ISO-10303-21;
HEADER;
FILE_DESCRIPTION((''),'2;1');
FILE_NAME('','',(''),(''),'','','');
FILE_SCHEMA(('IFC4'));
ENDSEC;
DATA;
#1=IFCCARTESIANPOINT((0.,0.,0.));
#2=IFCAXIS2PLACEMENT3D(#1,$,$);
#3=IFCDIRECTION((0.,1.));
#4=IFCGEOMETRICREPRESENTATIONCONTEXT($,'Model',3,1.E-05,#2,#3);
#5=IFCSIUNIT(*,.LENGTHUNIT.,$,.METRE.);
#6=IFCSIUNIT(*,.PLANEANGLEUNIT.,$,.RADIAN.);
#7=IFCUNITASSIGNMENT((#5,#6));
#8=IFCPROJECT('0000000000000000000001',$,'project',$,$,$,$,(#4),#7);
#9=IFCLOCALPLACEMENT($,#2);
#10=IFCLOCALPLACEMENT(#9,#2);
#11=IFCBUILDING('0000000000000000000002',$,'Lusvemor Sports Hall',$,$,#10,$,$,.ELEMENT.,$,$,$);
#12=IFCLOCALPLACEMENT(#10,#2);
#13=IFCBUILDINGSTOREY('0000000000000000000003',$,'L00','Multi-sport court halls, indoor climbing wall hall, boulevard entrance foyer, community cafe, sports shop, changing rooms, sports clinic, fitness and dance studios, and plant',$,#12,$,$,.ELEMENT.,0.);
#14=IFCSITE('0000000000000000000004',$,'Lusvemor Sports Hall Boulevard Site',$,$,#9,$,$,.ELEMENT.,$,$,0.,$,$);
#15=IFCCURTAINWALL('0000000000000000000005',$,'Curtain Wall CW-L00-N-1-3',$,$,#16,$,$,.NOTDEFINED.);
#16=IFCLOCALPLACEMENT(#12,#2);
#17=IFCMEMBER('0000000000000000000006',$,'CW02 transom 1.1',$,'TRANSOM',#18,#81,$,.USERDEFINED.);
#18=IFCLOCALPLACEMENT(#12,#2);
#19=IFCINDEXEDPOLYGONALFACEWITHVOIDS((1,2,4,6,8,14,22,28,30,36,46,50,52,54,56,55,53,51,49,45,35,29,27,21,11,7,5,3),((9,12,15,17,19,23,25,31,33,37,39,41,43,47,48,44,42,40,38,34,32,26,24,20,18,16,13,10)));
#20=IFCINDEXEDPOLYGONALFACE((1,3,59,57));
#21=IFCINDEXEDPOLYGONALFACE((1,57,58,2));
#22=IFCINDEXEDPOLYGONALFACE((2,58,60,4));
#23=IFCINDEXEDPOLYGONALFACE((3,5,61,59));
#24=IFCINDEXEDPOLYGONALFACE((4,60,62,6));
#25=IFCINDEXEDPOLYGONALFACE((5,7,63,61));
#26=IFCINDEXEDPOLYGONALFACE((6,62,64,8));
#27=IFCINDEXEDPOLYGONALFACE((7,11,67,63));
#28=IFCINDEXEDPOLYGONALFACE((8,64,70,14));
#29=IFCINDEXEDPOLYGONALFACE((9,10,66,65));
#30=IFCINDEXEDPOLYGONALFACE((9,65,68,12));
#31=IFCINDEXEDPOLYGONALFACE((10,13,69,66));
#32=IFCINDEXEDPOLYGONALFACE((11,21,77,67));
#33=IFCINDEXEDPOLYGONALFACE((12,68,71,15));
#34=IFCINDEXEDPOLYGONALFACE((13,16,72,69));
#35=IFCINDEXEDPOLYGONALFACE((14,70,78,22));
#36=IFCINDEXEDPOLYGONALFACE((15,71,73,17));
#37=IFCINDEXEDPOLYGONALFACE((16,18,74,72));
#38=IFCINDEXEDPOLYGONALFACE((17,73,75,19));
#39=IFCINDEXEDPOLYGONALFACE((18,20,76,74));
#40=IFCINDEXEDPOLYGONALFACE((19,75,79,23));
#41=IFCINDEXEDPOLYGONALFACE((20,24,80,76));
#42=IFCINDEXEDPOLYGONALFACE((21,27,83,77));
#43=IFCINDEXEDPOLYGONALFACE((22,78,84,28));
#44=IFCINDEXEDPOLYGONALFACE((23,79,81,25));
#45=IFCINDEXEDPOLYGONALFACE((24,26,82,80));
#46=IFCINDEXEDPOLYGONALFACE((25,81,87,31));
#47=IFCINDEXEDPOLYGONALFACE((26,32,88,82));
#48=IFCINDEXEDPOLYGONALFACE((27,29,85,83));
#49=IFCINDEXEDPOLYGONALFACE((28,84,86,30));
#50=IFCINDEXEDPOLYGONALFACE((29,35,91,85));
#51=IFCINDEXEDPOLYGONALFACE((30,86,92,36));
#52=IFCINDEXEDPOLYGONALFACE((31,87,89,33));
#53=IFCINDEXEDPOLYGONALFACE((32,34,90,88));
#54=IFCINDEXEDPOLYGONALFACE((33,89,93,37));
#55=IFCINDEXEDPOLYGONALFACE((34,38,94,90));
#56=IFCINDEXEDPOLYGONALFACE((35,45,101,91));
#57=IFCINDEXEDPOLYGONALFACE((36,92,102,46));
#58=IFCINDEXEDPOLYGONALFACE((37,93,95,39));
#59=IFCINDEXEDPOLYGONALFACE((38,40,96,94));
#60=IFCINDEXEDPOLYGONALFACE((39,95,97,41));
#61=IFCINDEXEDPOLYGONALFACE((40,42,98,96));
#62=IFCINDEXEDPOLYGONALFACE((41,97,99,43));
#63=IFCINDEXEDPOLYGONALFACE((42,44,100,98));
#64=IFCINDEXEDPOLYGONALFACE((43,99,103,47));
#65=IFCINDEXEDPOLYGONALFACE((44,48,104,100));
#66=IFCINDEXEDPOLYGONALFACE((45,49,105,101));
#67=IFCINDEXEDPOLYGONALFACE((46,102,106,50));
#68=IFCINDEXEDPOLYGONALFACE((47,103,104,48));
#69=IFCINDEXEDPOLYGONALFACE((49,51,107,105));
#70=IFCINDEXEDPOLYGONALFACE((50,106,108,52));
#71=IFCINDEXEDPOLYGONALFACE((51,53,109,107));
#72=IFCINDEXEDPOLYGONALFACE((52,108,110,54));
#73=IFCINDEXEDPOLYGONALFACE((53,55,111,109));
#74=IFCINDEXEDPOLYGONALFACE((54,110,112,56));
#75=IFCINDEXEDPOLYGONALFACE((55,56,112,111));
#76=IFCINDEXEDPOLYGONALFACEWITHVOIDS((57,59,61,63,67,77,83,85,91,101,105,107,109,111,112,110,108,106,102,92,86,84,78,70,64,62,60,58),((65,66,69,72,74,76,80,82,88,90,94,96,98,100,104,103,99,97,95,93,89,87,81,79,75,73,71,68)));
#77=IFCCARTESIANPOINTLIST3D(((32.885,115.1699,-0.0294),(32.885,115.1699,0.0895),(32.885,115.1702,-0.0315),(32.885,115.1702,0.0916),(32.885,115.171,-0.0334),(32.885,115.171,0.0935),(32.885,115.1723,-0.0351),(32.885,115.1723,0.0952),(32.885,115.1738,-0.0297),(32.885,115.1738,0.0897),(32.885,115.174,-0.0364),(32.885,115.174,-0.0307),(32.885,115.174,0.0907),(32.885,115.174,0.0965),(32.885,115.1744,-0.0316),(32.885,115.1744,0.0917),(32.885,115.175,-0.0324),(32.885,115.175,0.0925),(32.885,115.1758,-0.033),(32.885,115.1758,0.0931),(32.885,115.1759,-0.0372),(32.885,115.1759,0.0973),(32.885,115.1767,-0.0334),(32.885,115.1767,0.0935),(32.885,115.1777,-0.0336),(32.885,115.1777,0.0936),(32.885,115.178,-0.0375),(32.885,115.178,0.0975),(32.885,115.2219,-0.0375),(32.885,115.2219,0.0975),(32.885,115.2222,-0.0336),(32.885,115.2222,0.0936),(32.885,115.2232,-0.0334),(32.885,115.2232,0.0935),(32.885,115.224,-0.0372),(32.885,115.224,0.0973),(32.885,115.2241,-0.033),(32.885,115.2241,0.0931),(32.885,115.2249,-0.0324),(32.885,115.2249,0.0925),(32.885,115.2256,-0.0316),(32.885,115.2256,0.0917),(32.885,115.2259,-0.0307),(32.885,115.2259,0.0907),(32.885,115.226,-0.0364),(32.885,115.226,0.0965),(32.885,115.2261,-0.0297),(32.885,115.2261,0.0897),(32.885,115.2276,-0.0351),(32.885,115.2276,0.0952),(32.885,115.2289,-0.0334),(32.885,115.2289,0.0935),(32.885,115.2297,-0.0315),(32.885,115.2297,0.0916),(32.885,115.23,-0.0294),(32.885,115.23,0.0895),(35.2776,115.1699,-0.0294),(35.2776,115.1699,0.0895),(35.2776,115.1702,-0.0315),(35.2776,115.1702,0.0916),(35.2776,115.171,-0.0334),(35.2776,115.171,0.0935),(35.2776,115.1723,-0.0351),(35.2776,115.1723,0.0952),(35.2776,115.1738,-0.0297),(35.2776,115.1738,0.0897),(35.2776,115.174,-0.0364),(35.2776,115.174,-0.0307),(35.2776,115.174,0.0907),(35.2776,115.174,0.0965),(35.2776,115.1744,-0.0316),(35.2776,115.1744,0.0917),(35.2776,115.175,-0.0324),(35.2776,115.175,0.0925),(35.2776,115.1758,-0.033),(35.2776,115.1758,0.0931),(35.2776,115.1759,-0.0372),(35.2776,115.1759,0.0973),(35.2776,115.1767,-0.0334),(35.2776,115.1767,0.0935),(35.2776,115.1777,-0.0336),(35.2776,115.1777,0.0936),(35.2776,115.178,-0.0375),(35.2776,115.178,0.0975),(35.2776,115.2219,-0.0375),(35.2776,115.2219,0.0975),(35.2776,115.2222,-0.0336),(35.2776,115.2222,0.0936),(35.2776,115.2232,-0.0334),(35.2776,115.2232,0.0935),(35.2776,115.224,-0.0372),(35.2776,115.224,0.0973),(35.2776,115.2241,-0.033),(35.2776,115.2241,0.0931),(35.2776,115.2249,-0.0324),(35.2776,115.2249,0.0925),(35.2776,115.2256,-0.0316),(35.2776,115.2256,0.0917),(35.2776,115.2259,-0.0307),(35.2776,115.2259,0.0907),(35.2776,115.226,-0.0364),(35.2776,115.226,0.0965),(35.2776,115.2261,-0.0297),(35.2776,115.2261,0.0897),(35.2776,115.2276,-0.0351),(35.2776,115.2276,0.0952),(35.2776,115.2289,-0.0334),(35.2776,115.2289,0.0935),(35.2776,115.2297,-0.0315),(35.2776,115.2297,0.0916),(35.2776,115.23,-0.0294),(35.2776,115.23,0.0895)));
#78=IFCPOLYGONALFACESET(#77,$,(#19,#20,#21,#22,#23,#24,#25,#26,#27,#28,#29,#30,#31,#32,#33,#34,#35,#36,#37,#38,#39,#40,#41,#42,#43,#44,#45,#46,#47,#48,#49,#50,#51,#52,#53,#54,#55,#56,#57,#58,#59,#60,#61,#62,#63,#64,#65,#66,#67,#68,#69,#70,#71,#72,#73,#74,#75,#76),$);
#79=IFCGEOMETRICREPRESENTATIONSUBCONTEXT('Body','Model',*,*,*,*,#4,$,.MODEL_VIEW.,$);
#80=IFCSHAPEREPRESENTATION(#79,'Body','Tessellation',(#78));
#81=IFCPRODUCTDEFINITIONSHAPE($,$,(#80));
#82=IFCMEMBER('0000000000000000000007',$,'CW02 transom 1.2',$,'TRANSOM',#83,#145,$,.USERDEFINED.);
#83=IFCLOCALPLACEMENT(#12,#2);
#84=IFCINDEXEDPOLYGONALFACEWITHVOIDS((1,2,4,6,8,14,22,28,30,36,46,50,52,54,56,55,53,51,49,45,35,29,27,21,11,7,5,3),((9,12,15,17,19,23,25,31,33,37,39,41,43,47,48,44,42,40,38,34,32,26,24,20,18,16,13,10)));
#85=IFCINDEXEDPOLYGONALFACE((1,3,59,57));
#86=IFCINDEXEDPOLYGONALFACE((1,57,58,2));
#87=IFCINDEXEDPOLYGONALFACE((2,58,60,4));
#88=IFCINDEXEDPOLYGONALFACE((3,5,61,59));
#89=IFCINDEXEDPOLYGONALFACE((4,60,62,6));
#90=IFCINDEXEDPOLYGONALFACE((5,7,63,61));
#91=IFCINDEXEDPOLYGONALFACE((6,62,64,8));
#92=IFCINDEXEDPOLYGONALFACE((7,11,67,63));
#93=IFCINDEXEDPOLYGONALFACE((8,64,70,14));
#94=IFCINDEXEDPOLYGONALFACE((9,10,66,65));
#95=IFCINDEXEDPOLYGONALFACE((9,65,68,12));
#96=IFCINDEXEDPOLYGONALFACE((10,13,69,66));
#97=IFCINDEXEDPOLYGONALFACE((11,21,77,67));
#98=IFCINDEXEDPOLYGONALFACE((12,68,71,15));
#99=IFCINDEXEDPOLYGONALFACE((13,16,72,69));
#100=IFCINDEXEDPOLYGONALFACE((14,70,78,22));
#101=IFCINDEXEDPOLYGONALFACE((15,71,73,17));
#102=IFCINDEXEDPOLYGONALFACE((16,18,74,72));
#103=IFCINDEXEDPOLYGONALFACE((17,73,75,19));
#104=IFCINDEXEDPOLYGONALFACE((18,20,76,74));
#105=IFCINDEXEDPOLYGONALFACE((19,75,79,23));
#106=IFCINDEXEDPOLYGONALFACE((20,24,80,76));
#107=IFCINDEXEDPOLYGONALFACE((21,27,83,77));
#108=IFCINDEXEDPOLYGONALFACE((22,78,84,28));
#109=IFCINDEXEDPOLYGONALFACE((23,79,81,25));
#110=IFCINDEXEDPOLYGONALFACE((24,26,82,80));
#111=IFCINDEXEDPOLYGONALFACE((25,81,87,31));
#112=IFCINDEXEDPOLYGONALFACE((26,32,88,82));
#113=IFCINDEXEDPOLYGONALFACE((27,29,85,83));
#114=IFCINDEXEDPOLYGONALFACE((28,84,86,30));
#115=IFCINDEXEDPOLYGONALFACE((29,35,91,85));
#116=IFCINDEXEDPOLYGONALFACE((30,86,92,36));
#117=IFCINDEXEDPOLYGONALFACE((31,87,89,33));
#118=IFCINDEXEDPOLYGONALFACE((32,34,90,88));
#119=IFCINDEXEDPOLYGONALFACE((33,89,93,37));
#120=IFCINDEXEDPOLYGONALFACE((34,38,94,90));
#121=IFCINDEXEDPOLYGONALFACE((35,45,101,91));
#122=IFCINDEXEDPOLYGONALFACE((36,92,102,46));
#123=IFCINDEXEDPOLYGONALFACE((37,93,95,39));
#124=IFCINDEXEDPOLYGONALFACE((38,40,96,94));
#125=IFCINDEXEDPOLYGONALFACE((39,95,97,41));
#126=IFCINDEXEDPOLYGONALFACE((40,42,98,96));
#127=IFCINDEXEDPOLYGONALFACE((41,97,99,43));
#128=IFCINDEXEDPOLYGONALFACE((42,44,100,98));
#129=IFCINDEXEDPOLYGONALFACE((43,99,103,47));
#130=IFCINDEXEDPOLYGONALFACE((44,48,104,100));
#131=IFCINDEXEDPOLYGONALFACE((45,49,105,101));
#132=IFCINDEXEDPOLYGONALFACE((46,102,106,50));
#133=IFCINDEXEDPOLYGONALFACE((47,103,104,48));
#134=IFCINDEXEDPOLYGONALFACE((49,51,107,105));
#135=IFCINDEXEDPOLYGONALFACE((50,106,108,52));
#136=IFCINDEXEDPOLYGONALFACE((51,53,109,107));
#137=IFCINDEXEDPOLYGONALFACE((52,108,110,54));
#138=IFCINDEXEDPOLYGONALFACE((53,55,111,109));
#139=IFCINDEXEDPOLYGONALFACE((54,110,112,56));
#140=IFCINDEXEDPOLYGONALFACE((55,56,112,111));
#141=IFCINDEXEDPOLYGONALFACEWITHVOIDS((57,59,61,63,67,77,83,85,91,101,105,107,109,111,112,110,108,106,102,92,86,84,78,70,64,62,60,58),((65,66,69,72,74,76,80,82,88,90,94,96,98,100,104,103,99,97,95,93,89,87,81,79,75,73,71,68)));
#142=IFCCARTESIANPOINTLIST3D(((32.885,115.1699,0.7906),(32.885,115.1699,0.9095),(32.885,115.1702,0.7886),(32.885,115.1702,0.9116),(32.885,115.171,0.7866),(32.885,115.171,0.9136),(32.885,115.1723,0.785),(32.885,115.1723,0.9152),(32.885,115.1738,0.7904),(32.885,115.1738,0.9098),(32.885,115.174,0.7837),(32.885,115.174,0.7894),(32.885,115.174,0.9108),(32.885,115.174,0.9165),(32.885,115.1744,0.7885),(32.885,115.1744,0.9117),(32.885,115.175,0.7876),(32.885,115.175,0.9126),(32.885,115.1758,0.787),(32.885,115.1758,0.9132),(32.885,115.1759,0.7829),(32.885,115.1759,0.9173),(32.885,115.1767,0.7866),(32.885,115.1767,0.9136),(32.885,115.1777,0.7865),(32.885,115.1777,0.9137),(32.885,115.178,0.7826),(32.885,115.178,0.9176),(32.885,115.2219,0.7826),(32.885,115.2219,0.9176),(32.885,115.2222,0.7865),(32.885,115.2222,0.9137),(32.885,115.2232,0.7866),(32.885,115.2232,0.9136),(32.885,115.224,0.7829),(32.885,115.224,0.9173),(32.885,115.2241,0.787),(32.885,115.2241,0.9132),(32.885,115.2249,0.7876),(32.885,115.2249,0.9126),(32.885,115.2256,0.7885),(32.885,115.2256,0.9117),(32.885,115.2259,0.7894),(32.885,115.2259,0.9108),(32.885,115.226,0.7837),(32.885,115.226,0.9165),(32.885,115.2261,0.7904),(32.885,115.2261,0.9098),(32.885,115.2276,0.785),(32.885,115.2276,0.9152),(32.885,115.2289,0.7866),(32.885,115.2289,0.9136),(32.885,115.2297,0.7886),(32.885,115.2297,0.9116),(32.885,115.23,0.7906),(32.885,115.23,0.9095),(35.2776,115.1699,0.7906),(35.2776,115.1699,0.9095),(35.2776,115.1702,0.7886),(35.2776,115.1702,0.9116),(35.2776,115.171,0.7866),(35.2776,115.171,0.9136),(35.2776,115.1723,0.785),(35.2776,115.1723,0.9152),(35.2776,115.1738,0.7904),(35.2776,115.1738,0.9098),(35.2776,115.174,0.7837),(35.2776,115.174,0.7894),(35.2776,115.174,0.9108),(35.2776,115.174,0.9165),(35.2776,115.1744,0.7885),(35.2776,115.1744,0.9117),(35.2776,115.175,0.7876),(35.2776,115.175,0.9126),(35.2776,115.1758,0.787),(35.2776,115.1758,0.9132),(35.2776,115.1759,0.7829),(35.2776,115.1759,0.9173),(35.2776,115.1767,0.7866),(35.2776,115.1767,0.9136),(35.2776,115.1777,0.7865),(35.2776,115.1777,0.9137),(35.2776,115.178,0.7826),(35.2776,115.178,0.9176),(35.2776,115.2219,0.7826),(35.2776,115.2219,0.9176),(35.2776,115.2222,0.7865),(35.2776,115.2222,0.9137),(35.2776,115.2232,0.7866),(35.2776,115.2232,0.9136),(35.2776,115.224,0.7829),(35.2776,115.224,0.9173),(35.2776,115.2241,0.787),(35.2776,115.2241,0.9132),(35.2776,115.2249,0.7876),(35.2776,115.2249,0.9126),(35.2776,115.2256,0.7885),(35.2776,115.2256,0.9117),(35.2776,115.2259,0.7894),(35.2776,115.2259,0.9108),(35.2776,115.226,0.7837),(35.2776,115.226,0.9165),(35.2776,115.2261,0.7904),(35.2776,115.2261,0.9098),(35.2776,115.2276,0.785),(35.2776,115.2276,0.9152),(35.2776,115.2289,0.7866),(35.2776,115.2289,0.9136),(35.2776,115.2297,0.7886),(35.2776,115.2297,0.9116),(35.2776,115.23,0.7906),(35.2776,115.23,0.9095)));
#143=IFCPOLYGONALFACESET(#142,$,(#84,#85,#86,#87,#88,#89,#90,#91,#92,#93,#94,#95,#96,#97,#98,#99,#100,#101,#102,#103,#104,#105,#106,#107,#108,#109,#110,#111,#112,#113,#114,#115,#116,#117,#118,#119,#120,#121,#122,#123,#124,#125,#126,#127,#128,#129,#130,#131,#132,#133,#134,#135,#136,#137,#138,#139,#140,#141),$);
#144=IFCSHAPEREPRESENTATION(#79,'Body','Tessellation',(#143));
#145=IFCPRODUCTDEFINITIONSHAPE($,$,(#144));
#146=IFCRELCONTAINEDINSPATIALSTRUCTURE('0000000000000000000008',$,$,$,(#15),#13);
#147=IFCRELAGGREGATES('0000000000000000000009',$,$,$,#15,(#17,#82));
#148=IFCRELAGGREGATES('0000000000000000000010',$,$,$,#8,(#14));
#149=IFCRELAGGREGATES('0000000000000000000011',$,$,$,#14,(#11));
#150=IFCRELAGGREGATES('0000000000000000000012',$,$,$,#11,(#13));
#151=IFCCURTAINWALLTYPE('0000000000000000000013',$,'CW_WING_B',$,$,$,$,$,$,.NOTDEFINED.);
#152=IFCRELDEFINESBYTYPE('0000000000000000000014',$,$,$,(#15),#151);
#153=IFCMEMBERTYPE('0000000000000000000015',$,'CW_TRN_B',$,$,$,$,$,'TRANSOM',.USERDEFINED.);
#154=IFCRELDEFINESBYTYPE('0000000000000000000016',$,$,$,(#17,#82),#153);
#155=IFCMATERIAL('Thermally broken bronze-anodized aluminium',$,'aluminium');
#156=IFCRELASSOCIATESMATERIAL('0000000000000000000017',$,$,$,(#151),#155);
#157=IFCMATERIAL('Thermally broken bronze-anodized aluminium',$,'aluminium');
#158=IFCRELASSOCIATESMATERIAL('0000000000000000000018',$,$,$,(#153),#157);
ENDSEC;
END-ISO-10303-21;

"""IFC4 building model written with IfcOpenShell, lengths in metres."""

from ifc_helpers import new_model, si_unit, direction, frame, origin, origin_2d, place, context, subcontext, project, spatial, hollow_rectangle, extrude, material, material_profile, profile_set, type_object, element, aggregate, save


model = new_model("IFC4")

# Units and contexts
model_context = context("Model", 3, precision=1e-05, world=origin(), true_north=direction((0.0, 1.0)))
body_context = subcontext(model_context, "Body", "Model", "MODEL_VIEW")
ifc_project = project(units=[si_unit("LENGTHUNIT", "METRE"), si_unit("PLANEANGLEUNIT", "RADIAN")], contexts=[model_context])

# Site, building, storey
site_placement = place(None, origin())
site = spatial("IfcSite", under=ifc_project, at=site_placement, Name="Lusvemor Sports Hall Boulevard Site", CompositionType="ELEMENT", RefElevation=0.0)
building_placement = place(site_placement, origin())
building = spatial("IfcBuilding", under=site, at=building_placement, Name="Lusvemor Sports Hall", CompositionType="ELEMENT")
storey_placement = place(building_placement, origin())
storey = spatial("IfcBuildingStorey", under=building, at=storey_placement, Name="L00", Description="Multi-sport court halls, indoor climbing wall hall, boulevard entrance foyer, community cafe, sports shop, changing rooms, sports clinic, fitness and dance studios, and plant", CompositionType="ELEMENT", Elevation=0.0)

# Curtain wall, members
ifc_material_1 = material(Name="Thermally broken bronze-anodized aluminium", Category="aluminium")
curtain_wall_type = type_object("IfcCurtainWallType", Name="CW_WING_B", PredefinedType="NOTDEFINED", material=ifc_material_1)
curtain_wall_placement = place(storey_placement, origin())
curtain_wall = element("IfcCurtainWall", 1, at=curtain_wall_placement, inside=storey, type_object=curtain_wall_type, Name="Curtain Wall CW-L00-N-1-3", PredefinedType="NOTDEFINED")
ifc_material_2 = material(Name="Thermally broken bronze-anodized aluminium", Category="aluminium")
ifc_material_profile_1 = material_profile(ifc_material_2, hollow_rectangle(XDim=0.0601, YDim=0.135, WallThickness=0.0039, InnerFilletRadius=0.0039, OuterFilletRadius=0.0081, at=origin_2d()), Name="CWTRN135x60x4")
ifc_profile_set_1 = profile_set([ifc_material_profile_1], Name="Thermally broken bronze-anodized aluminium")
member_type_1 = type_object("IfcMemberType", Name="CW_TRN_B", ElementType="TRANSOM", PredefinedType="USERDEFINED", material=ifc_profile_set_1)
member_1_placement = place(storey_placement, frame((32.885, 115.2, 0.03), z_axis=(1.0, 0.0, 0.0), x_axis=(0.0, 1.0, 0.0)))
member_1 = element("IfcMember", 2, at=member_1_placement, type_object=member_type_1, Name="CW02 transom 1.1", ObjectType="TRANSOM", PredefinedType="USERDEFINED", context=body_context, shape_type="SweptSolid", body=[
    extrude(hollow_rectangle(XDim=0.0601, YDim=0.135, WallThickness=0.0039, InnerFilletRadius=0.0039, OuterFilletRadius=0.0081, at=origin_2d()), origin(), (0.0, 0.0, 1.0), 2.3926),
])
member_2_placement = place(storey_placement, frame((32.885, 115.2, 0.8501), z_axis=(1.0, 0.0, 0.0), x_axis=(0.0, 1.0, 0.0)))
member_2 = element("IfcMember", 3, at=member_2_placement, type_object=member_type_1, Name="CW02 transom 1.2", ObjectType="TRANSOM", PredefinedType="USERDEFINED", context=body_context, shape_type="SweptSolid", body=[
    extrude(hollow_rectangle(XDim=0.0601, YDim=0.135, WallThickness=0.0039, InnerFilletRadius=0.0039, OuterFilletRadius=0.0081, at=origin_2d()), origin(), (0.0, 0.0, 1.0), 2.3926),
])
aggregate(curtain_wall, [member_1, member_2])

save(model, "model.ifc")
